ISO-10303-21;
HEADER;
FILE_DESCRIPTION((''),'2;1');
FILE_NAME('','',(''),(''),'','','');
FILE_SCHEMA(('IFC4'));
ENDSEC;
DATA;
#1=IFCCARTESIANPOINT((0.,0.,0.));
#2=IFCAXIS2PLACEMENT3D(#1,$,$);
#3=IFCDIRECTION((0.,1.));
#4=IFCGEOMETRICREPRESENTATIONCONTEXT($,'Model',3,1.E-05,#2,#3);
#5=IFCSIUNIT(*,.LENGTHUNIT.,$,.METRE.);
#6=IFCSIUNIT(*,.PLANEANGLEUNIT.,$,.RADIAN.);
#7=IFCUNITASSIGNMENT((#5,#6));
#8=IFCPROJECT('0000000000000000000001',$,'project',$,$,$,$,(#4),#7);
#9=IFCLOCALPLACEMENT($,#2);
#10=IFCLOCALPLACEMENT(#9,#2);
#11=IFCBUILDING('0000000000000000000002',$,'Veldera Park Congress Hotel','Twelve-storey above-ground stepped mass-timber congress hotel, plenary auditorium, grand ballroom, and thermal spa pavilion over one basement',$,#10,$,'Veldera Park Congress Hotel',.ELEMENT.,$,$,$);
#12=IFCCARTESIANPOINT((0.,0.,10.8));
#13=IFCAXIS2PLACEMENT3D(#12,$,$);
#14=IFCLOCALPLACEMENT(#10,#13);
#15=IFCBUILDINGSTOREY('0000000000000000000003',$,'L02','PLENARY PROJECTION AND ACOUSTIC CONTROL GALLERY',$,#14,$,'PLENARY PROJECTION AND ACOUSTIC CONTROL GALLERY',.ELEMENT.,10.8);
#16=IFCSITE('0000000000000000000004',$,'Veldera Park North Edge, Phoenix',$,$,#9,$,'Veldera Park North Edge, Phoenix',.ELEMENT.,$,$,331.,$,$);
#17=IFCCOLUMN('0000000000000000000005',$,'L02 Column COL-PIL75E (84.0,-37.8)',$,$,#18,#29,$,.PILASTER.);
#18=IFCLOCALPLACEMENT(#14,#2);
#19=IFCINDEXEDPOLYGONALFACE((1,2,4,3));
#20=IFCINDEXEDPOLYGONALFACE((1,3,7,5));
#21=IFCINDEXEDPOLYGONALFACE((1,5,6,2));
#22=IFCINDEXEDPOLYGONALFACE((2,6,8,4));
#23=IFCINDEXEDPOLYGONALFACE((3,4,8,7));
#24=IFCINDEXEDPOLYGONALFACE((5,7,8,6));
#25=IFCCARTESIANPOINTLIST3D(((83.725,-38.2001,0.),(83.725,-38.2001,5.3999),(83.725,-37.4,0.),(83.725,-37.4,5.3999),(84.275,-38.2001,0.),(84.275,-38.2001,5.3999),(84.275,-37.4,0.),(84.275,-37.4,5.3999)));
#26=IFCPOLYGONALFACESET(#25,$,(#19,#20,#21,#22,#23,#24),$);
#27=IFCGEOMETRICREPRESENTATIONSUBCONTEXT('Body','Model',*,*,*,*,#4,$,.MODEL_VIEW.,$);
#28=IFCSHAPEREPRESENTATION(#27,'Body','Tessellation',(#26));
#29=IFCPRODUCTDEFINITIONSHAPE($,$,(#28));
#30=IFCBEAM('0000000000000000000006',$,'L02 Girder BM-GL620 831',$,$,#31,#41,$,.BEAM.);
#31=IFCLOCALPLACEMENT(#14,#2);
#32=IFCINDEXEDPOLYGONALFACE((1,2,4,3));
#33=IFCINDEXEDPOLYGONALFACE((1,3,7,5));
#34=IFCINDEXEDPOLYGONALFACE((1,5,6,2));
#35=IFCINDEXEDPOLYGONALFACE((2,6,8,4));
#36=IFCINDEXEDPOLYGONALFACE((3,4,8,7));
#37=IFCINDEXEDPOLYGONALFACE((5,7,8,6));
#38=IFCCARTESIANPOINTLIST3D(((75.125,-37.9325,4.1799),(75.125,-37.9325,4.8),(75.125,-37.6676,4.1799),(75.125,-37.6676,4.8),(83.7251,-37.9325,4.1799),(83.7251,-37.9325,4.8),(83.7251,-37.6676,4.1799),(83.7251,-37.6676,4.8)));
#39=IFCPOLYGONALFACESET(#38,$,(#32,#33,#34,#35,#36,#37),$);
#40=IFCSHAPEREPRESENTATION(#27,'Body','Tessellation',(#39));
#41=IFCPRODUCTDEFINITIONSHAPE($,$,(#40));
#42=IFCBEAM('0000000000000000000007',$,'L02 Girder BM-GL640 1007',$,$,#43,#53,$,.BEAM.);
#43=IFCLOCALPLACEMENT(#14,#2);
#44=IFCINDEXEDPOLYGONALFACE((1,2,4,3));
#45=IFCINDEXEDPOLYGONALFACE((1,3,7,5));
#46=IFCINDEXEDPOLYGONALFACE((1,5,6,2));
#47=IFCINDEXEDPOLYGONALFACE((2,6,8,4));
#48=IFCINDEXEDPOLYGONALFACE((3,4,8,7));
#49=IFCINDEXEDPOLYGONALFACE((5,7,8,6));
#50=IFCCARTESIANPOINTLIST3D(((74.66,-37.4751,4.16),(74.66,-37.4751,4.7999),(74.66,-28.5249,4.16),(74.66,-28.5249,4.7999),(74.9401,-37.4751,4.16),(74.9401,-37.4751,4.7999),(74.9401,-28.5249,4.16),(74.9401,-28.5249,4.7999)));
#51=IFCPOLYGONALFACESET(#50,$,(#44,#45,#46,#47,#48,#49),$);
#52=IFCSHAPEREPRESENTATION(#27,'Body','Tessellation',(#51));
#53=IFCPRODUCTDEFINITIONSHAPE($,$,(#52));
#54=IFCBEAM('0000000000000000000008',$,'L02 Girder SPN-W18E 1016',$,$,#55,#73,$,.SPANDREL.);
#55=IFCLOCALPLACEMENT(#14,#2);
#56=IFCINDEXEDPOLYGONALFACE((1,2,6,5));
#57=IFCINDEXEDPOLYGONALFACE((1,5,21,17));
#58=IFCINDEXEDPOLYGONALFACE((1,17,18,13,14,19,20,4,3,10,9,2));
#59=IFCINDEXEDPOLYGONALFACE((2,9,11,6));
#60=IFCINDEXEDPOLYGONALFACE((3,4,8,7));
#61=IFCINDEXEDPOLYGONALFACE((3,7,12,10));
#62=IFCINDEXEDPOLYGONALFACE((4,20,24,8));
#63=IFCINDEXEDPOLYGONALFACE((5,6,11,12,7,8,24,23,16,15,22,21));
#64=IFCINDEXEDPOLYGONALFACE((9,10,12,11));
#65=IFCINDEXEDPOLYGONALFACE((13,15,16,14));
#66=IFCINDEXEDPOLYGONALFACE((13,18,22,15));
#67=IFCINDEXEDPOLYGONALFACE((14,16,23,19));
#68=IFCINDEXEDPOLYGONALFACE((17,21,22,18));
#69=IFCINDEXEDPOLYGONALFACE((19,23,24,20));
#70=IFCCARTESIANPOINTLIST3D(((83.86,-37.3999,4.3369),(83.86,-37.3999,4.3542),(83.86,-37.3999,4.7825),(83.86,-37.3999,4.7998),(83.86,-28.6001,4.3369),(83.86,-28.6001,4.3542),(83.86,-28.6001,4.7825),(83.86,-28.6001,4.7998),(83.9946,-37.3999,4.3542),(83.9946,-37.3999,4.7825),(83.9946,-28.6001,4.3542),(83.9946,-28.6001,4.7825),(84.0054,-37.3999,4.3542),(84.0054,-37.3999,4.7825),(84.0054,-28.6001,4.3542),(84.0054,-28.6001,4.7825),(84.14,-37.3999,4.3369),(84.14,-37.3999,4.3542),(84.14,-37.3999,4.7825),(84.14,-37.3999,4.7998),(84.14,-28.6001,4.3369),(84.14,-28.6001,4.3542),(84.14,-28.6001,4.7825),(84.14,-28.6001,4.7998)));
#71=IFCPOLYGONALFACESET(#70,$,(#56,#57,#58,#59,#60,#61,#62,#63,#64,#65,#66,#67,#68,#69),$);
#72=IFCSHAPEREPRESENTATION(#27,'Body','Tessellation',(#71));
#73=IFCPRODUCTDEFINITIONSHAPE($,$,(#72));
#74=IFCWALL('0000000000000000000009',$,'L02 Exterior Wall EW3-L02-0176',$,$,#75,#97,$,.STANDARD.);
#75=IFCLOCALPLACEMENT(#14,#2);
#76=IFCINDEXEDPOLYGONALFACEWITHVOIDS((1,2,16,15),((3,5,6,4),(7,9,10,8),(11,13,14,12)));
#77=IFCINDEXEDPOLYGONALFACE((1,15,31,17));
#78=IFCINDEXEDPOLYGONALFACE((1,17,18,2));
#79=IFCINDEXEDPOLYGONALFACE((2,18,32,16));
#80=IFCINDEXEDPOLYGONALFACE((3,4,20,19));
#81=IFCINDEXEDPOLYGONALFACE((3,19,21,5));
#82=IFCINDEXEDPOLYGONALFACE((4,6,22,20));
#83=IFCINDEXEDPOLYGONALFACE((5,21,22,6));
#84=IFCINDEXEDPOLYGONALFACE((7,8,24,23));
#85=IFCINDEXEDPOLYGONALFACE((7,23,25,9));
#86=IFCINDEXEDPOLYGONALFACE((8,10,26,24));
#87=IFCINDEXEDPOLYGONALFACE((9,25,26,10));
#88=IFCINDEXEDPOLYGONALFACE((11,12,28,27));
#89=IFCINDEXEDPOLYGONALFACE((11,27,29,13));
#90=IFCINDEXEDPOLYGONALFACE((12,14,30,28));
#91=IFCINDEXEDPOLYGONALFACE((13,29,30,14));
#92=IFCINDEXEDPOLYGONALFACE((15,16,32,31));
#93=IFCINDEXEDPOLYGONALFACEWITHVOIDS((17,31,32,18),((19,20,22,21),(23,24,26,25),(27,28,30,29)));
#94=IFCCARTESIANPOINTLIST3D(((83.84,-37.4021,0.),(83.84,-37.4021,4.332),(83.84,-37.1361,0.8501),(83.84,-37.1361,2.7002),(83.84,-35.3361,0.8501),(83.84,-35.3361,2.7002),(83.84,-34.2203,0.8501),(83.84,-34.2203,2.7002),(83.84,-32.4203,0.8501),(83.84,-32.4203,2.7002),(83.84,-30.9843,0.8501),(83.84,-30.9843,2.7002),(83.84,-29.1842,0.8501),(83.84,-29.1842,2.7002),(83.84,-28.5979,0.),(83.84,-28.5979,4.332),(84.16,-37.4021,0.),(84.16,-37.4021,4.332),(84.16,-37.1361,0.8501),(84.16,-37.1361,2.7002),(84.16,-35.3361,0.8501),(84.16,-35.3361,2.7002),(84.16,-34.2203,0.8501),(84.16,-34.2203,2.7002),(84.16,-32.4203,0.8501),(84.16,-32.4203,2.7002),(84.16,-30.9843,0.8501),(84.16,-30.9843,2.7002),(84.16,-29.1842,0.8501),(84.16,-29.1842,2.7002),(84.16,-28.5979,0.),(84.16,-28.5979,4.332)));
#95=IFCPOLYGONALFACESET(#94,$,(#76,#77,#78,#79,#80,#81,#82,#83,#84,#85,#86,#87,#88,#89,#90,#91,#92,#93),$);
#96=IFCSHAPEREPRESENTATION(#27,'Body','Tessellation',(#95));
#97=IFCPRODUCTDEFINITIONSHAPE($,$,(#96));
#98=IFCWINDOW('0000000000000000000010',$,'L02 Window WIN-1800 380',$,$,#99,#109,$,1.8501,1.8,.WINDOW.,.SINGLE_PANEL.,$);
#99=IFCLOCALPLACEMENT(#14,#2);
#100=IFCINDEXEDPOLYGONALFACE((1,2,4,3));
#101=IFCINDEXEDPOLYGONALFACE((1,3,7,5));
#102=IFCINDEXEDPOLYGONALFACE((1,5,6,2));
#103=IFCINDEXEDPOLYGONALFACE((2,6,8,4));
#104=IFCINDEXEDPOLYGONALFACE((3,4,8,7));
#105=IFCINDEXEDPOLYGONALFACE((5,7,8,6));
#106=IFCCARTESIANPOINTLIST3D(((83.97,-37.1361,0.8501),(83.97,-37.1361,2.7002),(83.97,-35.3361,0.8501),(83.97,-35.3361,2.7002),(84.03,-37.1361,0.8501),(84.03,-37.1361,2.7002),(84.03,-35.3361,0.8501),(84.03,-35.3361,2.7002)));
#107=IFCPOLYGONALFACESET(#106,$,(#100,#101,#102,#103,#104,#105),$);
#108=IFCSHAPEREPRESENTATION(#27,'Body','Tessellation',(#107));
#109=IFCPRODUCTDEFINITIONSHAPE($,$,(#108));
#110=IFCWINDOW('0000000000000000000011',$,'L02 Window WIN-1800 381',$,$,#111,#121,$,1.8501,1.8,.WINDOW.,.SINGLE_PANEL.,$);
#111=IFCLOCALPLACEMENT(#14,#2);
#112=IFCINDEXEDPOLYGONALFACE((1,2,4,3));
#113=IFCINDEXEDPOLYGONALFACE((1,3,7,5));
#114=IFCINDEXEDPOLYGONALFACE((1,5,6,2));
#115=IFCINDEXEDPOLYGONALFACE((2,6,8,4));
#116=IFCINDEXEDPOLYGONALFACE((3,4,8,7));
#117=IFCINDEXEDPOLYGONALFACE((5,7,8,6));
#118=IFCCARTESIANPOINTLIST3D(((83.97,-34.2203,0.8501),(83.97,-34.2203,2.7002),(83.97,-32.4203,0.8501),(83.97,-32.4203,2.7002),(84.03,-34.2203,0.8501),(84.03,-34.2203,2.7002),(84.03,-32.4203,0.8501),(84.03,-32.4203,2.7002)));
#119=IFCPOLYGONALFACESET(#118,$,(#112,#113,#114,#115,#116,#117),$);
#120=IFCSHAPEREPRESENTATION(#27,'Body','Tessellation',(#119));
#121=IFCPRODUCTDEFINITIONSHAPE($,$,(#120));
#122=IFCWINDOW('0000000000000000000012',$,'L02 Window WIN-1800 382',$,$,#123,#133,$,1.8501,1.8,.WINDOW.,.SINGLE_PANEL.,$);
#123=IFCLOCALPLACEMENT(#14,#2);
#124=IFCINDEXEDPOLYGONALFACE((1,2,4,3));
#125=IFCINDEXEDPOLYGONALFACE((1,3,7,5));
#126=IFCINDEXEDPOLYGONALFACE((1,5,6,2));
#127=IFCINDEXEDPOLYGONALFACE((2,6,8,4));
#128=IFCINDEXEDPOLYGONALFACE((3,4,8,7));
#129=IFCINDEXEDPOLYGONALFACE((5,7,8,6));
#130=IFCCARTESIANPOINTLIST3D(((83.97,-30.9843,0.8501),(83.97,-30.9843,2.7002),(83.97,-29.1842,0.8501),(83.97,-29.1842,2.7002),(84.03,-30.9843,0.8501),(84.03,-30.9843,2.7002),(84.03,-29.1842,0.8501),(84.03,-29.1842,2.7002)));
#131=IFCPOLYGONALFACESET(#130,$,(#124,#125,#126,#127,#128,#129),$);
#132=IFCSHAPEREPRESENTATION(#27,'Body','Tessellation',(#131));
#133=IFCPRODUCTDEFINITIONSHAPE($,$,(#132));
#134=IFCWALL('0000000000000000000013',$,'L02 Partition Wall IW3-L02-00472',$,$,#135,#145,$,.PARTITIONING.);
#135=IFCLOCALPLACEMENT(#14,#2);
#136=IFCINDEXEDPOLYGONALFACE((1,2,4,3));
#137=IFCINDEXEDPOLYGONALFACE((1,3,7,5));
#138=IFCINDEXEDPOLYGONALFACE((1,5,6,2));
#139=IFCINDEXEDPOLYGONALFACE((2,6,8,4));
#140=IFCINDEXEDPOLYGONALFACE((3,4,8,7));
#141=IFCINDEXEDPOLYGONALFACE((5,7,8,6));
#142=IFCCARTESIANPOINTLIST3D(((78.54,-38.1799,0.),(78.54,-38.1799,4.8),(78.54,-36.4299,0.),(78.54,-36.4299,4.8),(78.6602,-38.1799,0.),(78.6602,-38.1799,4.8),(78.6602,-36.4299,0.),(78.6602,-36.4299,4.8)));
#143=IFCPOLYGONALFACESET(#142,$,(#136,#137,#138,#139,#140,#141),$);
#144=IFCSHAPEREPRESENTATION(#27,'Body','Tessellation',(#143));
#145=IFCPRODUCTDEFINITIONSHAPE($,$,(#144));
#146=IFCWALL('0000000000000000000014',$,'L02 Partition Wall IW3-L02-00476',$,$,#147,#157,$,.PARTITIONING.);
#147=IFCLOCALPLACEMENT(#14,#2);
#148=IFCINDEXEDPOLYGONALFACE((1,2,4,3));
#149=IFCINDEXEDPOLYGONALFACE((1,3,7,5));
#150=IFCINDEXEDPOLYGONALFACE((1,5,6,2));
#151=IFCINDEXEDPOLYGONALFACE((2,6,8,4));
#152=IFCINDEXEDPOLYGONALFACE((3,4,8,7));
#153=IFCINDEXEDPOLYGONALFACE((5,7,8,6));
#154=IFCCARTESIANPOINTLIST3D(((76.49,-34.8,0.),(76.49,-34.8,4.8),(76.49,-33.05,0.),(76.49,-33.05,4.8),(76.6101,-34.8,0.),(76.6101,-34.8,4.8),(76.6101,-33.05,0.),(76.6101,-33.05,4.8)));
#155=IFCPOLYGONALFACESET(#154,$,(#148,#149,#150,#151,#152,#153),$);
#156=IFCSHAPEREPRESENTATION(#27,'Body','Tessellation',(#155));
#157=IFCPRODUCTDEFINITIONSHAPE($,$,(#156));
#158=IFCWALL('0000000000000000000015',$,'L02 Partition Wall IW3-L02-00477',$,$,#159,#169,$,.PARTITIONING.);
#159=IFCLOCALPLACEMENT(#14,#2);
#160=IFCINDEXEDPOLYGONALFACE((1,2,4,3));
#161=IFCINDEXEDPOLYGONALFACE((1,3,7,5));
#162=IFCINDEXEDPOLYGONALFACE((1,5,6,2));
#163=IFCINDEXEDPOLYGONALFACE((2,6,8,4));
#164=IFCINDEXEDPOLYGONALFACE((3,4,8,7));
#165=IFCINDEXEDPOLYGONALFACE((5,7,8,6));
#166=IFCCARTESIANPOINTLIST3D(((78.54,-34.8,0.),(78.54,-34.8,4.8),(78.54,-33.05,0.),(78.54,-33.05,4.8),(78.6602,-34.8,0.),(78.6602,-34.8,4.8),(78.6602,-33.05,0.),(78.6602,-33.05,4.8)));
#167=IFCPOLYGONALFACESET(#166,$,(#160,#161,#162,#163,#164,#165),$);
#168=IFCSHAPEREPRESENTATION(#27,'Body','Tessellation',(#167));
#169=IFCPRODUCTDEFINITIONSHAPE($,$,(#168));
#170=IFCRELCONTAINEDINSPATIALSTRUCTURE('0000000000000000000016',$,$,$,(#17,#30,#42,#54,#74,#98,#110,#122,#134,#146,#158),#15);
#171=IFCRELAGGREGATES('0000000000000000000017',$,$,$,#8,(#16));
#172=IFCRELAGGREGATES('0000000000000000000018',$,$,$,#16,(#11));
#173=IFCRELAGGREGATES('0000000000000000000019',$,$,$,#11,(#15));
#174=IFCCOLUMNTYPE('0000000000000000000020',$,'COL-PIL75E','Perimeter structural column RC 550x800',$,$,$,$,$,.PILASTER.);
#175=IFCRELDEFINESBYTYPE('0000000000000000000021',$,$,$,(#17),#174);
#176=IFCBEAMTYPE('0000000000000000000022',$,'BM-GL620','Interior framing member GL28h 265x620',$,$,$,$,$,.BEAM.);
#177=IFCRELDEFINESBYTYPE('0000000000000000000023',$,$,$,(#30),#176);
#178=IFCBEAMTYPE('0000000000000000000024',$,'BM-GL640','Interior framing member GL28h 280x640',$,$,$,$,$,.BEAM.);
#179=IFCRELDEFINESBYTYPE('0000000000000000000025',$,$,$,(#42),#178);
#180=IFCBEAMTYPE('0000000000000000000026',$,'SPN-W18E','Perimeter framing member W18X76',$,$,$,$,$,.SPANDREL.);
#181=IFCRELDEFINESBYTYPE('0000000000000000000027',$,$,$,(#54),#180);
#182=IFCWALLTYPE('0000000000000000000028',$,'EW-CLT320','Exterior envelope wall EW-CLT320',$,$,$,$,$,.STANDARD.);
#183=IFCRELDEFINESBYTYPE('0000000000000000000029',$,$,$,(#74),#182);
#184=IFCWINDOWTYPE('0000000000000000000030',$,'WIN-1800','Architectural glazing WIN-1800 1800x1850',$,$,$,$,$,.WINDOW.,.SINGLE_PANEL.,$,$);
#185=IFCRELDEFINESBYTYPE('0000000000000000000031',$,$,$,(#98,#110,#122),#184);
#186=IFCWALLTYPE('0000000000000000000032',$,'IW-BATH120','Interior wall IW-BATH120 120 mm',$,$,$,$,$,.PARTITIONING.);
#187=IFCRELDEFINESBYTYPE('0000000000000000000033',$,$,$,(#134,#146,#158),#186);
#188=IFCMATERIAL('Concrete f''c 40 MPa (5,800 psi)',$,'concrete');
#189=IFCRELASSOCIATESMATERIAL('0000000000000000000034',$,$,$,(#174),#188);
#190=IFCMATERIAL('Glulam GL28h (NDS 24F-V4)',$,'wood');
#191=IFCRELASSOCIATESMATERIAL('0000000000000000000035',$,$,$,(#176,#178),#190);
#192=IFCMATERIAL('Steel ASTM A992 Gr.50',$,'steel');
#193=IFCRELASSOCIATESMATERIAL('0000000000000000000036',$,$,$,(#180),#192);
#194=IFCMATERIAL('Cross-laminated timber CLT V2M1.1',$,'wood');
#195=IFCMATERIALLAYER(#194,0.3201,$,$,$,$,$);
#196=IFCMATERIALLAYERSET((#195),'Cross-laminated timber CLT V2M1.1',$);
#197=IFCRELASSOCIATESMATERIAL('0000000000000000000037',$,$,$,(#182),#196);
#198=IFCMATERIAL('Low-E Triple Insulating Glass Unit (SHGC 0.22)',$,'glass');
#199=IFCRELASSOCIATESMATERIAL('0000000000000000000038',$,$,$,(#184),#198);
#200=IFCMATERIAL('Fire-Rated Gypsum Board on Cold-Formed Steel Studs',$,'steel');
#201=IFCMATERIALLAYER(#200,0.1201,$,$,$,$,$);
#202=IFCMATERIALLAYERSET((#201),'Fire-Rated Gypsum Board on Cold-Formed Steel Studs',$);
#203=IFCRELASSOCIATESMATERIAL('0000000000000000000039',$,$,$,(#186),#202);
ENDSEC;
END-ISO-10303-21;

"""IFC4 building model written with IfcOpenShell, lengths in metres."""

from ifc_helpers import new_model, si_unit, direction, frame, frame_2d, origin, origin_2d, place, context, subcontext, project, spatial, rectangle, i_section, extrude, material, layer, layer_set, material_profile, profile_set, type_object, element, fill, save


model = new_model("IFC4")

# Units and contexts
model_context = context("Model", 3, precision=1e-05, world=origin(), true_north=direction((0.0, 1.0)))
body_context = subcontext(model_context, "Body", "Model", "MODEL_VIEW")
ifc_project = project(units=[si_unit("LENGTHUNIT", "METRE"), si_unit("PLANEANGLEUNIT", "RADIAN")], contexts=[model_context])

# Site, building, storey
site_placement = place(None, origin())
site = spatial("IfcSite", under=ifc_project, at=site_placement, Name="Veldera Park North Edge, Phoenix", LongName="Veldera Park North Edge, Phoenix", CompositionType="ELEMENT", RefElevation=331.0)
building_placement = place(site_placement, origin())
building = spatial("IfcBuilding", under=site, at=building_placement, Name="Veldera Park Congress Hotel", Description="Twelve-storey above-ground stepped mass-timber congress hotel, plenary auditorium, grand ballroom, and thermal spa pavilion over one basement", LongName="Veldera Park Congress Hotel", CompositionType="ELEMENT")
storey_placement = place(building_placement, frame((0.0, 0.0, 10.8)))
storey = spatial("IfcBuildingStorey", under=building, at=storey_placement, Name="L02", Description="PLENARY PROJECTION AND ACOUSTIC CONTROL GALLERY", LongName="PLENARY PROJECTION AND ACOUSTIC CONTROL GALLERY", CompositionType="ELEMENT", Elevation=10.8)

# Column
ifc_material_1 = material(Name="Concrete f'c 40 MPa (5,800 psi)", Category="concrete")
ifc_material_profile_1 = material_profile(ifc_material_1, rectangle(XDim=0.55, YDim=0.8, at=origin_2d()), Name="RC 550x800")
ifc_profile_set_1 = profile_set([ifc_material_profile_1], Name="Concrete f'c 40 MPa (5,800 psi)")
column_type = type_object("IfcColumnType", Name="COL-PIL75E", Description="Perimeter structural column RC 550x800", PredefinedType="PILASTER", material=ifc_profile_set_1)
column_placement = place(storey_placement, frame((84.0, -37.8, 0.0), z_axis=(0.0, 0.0, 1.0), x_axis=(1.0, 0.0, 0.0)))
element("IfcColumn", 1, at=column_placement, inside=storey, type_object=column_type, Name="L02 Column COL-PIL75E (84.0,-37.8)", PredefinedType="PILASTER", context=body_context, shape_type="SweptSolid", body=[
    extrude(rectangle(XDim=0.55, YDim=0.8, at=origin_2d()), origin(), (0.0, 0.0, 1.0), 5.3999),
])

# Beams
ifc_material_2 = material(Name="Glulam GL28h (NDS 24F-V4)", Category="wood")
ifc_material_profile_2 = material_profile(ifc_material_2, rectangle(XDim=0.2649, YDim=0.6201, at=origin_2d()), Name="GL28h 265x620")
ifc_profile_set_2 = profile_set([ifc_material_profile_2], Name="Glulam GL28h (NDS 24F-V4)")
beam_type_1 = type_object("IfcBeamType", Name="BM-GL620", Description="Interior framing member GL28h 265x620", PredefinedType="BEAM", material=ifc_profile_set_2)
beam_1_placement = place(storey_placement, frame((75.125, -37.8, 4.49), z_axis=(1.0, 0.0, 0.0), x_axis=(0.0, 1.0, 0.0)))
element("IfcBeam", 2, at=beam_1_placement, inside=storey, type_object=beam_type_1, Name="L02 Girder BM-GL620 831", PredefinedType="BEAM", context=body_context, shape_type="SweptSolid", body=[
    extrude(rectangle(XDim=0.2649, YDim=0.6201, at=origin_2d()), origin(), (0.0, 0.0, 1.0), 8.6001),
])
ifc_material_profile_3 = material_profile(ifc_material_2, rectangle(XDim=0.28, YDim=0.6399, at=origin_2d()), Name="GL28h 280x640")
ifc_profile_set_3 = profile_set([ifc_material_profile_3], Name="Glulam GL28h (NDS 24F-V4)")
beam_type_2 = type_object("IfcBeamType", Name="BM-GL640", Description="Interior framing member GL28h 280x640", PredefinedType="BEAM", material=ifc_profile_set_3)
beam_2_placement = place(storey_placement, frame((74.8, -37.4751, 4.48), z_axis=(0.0, 1.0, 0.0), x_axis=(-1.0, 0.0, 0.0)))
element("IfcBeam", 3, at=beam_2_placement, inside=storey, type_object=beam_type_2, Name="L02 Girder BM-GL640 1007", PredefinedType="BEAM", context=body_context, shape_type="SweptSolid", body=[
    extrude(rectangle(XDim=0.28, YDim=0.6399, at=origin_2d()), origin(), (0.0, 0.0, 1.0), 8.9502),
])
ifc_material_3 = material(Name="Steel ASTM A992 Gr.50", Category="steel")
ifc_material_profile_4 = material_profile(ifc_material_3, i_section(OverallWidth=0.28, OverallDepth=0.4629, WebThickness=0.0107, FlangeThickness=0.0173, at=origin_2d()), Name="W18X76")
ifc_profile_set_4 = profile_set([ifc_material_profile_4], Name="Steel ASTM A992 Gr.50")
beam_type_3 = type_object("IfcBeamType", Name="SPN-W18E", Description="Perimeter framing member W18X76", PredefinedType="SPANDREL", material=ifc_profile_set_4)
beam_3_placement = place(storey_placement, frame((84.0, -37.3999, 4.5684), z_axis=(0.0, 1.0, 0.0), x_axis=(-1.0, 0.0, 0.0)))
element("IfcBeam", 4, at=beam_3_placement, inside=storey, type_object=beam_type_3, Name="L02 Girder SPN-W18E 1016", PredefinedType="SPANDREL", context=body_context, shape_type="SweptSolid", body=[
    extrude(i_section(OverallWidth=0.28, OverallDepth=0.4629, WebThickness=0.0107, FlangeThickness=0.0173, at=origin_2d()), origin(), (0.0, 0.0, 1.0), 8.7998),
])

# Wall, openings, windows
ifc_material_4 = material(Name="Cross-laminated timber CLT V2M1.1", Category="wood")
ifc_layer_1 = layer(ifc_material_4, 0.3201)
ifc_layer_set_1 = layer_set([ifc_layer_1], Name="Cross-laminated timber CLT V2M1.1")
wall_type_1 = type_object("IfcWallType", Name="EW-CLT320", Description="Exterior envelope wall EW-CLT320", PredefinedType="STANDARD", material=ifc_layer_set_1)
wall_1_placement = place(storey_placement, frame((84.0, -37.4021, 0.0), z_axis=(0.0, 0.0, 1.0), x_axis=(0.0, 1.0, 0.0)))
wall_1 = element("IfcWall", 5, at=wall_1_placement, inside=storey, type_object=wall_type_1, Name="L02 Exterior Wall EW3-L02-0176", PredefinedType="STANDARD", context=body_context, shape_type="SweptSolid", body=[
    extrude(rectangle(XDim=8.8042, YDim=0.3201, at=frame_2d((4.4021, 0.0))), origin(), (0.0, 0.0, 1.0), 4.332),
])
opening_1_placement = place(wall_1_placement, frame((0.2661, 0.0, 0.8501)))
opening_1 = element("IfcOpeningElement", 6, at=opening_1_placement, cuts=wall_1, PredefinedType="OPENING", context=body_context, shape_type="SweptSolid", body=[
    extrude(rectangle(XDim=1.8, YDim=1.8501, at=frame_2d((0.8999, 0.925))), frame((0.0, 0.1721, 0.0), z_axis=(0.0, -1.0, 0.0), x_axis=(1.0, 0.0, 0.0)), (0.0, 0.0, 1.0), 0.344),
])
opening_2_placement = place(wall_1_placement, frame((3.1819, 0.0, 0.8501)))
opening_2 = element("IfcOpeningElement", 7, at=opening_2_placement, cuts=wall_1, PredefinedType="OPENING", context=body_context, shape_type="SweptSolid", body=[
    extrude(rectangle(XDim=1.8, YDim=1.8501, at=frame_2d((0.8999, 0.925))), frame((0.0, 0.1721, 0.0), z_axis=(0.0, -1.0, 0.0), x_axis=(1.0, 0.0, 0.0)), (0.0, 0.0, 1.0), 0.344),
])
opening_3_placement = place(wall_1_placement, frame((6.418, 0.0, 0.8501)))
opening_3 = element("IfcOpeningElement", 8, at=opening_3_placement, cuts=wall_1, PredefinedType="OPENING", context=body_context, shape_type="SweptSolid", body=[
    extrude(rectangle(XDim=1.8, YDim=1.8501, at=frame_2d((0.8999, 0.925))), frame((0.0, 0.1721, 0.0), z_axis=(0.0, -1.0, 0.0), x_axis=(1.0, 0.0, 0.0)), (0.0, 0.0, 1.0), 0.344),
])
ifc_material_5 = material(Name="Low-E Triple Insulating Glass Unit (SHGC 0.22)", Category="glass")
window_type = type_object("IfcWindowType", Name="WIN-1800", Description="Architectural glazing WIN-1800 1800x1850", PartitioningType="SINGLE_PANEL", PredefinedType="WINDOW", material=ifc_material_5)
window_1_placement = place(opening_1_placement, origin())
window_1 = element("IfcWindow", 9, at=window_1_placement, inside=storey, type_object=window_type, Name="L02 Window WIN-1800 380", OverallHeight=1.8501, OverallWidth=1.8, PartitioningType="SINGLE_PANEL", PredefinedType="WINDOW", context=body_context, shape_type="SweptSolid", body=[
    extrude(rectangle(XDim=1.8, YDim=1.8501, at=frame_2d((0.8999, 0.925))), frame((0.0, 0.03, 0.0), z_axis=(0.0, -1.0, 0.0), x_axis=(1.0, 0.0, 0.0)), (0.0, 0.0, 1.0), 0.0601),
])
fill(opening_1, window_1)
window_2_placement = place(opening_2_placement, origin())
window_2 = element("IfcWindow", 10, at=window_2_placement, inside=storey, type_object=window_type, Name="L02 Window WIN-1800 381", OverallHeight=1.8501, OverallWidth=1.8, PartitioningType="SINGLE_PANEL", PredefinedType="WINDOW", context=body_context, shape_type="SweptSolid", body=[
    extrude(rectangle(XDim=1.8, YDim=1.8501, at=frame_2d((0.8999, 0.925))), frame((0.0, 0.03, 0.0), z_axis=(0.0, -1.0, 0.0), x_axis=(1.0, 0.0, 0.0)), (0.0, 0.0, 1.0), 0.0601),
])
fill(opening_2, window_2)
window_3_placement = place(opening_3_placement, origin())
window_3 = element("IfcWindow", 11, at=window_3_placement, inside=storey, type_object=window_type, Name="L02 Window WIN-1800 382", OverallHeight=1.8501, OverallWidth=1.8, PartitioningType="SINGLE_PANEL", PredefinedType="WINDOW", context=body_context, shape_type="SweptSolid", body=[
    extrude(rectangle(XDim=1.8, YDim=1.8501, at=frame_2d((0.8999, 0.925))), frame((0.0, 0.03, 0.0), z_axis=(0.0, -1.0, 0.0), x_axis=(1.0, 0.0, 0.0)), (0.0, 0.0, 1.0), 0.0601),
])
fill(opening_3, window_3)

# Wall
ifc_material_6 = material(Name="Fire-Rated Gypsum Board on Cold-Formed Steel Studs", Category="steel")
ifc_layer_2 = layer(ifc_material_6, 0.1201)
ifc_layer_set_2 = layer_set([ifc_layer_2], Name="Fire-Rated Gypsum Board on Cold-Formed Steel Studs")
wall_type_2 = type_object("IfcWallType", Name="IW-BATH120", Description="Interior wall IW-BATH120 120 mm", PredefinedType="PARTITIONING", material=ifc_layer_set_2)
wall_2_placement = place(storey_placement, frame((78.6001, -38.1799, 0.0), z_axis=(0.0, 0.0, 1.0), x_axis=(0.0, 1.0, 0.0)))
element("IfcWall", 12, at=wall_2_placement, inside=storey, type_object=wall_type_2, Name="L02 Partition Wall IW3-L02-00472", PredefinedType="PARTITIONING", context=body_context, shape_type="SweptSolid", body=[
    extrude(rectangle(XDim=1.75, YDim=0.1201, at=frame_2d((0.875, 0.0))), origin(), (0.0, 0.0, 1.0), 4.8),
])

# Walls
for number, where, z_axis, x_axis, name in (
    (13, (76.55, -34.8, 0.0), (0.0, 0.0, 1.0), (0.0, 1.0, 0.0), "L02 Partition Wall IW3-L02-00476"),
    (14, (78.6001, -34.8, 0.0), (0.0, 0.0, 1.0), (0.0, 1.0, 0.0), "L02 Partition Wall IW3-L02-00477"),
):
    element("IfcWall", number, at=place(storey_placement, frame(where, z_axis=z_axis, x_axis=x_axis)), inside=storey, type_object=wall_type_2, Name=name, PredefinedType="PARTITIONING", context=body_context, shape_type="SweptSolid", body=[
        extrude(rectangle(XDim=1.75, YDim=0.1201, at=frame_2d((0.875, 0.0))), origin(), (0.0, 0.0, 1.0), 4.8),
    ])

save(model, "model.ifc")
